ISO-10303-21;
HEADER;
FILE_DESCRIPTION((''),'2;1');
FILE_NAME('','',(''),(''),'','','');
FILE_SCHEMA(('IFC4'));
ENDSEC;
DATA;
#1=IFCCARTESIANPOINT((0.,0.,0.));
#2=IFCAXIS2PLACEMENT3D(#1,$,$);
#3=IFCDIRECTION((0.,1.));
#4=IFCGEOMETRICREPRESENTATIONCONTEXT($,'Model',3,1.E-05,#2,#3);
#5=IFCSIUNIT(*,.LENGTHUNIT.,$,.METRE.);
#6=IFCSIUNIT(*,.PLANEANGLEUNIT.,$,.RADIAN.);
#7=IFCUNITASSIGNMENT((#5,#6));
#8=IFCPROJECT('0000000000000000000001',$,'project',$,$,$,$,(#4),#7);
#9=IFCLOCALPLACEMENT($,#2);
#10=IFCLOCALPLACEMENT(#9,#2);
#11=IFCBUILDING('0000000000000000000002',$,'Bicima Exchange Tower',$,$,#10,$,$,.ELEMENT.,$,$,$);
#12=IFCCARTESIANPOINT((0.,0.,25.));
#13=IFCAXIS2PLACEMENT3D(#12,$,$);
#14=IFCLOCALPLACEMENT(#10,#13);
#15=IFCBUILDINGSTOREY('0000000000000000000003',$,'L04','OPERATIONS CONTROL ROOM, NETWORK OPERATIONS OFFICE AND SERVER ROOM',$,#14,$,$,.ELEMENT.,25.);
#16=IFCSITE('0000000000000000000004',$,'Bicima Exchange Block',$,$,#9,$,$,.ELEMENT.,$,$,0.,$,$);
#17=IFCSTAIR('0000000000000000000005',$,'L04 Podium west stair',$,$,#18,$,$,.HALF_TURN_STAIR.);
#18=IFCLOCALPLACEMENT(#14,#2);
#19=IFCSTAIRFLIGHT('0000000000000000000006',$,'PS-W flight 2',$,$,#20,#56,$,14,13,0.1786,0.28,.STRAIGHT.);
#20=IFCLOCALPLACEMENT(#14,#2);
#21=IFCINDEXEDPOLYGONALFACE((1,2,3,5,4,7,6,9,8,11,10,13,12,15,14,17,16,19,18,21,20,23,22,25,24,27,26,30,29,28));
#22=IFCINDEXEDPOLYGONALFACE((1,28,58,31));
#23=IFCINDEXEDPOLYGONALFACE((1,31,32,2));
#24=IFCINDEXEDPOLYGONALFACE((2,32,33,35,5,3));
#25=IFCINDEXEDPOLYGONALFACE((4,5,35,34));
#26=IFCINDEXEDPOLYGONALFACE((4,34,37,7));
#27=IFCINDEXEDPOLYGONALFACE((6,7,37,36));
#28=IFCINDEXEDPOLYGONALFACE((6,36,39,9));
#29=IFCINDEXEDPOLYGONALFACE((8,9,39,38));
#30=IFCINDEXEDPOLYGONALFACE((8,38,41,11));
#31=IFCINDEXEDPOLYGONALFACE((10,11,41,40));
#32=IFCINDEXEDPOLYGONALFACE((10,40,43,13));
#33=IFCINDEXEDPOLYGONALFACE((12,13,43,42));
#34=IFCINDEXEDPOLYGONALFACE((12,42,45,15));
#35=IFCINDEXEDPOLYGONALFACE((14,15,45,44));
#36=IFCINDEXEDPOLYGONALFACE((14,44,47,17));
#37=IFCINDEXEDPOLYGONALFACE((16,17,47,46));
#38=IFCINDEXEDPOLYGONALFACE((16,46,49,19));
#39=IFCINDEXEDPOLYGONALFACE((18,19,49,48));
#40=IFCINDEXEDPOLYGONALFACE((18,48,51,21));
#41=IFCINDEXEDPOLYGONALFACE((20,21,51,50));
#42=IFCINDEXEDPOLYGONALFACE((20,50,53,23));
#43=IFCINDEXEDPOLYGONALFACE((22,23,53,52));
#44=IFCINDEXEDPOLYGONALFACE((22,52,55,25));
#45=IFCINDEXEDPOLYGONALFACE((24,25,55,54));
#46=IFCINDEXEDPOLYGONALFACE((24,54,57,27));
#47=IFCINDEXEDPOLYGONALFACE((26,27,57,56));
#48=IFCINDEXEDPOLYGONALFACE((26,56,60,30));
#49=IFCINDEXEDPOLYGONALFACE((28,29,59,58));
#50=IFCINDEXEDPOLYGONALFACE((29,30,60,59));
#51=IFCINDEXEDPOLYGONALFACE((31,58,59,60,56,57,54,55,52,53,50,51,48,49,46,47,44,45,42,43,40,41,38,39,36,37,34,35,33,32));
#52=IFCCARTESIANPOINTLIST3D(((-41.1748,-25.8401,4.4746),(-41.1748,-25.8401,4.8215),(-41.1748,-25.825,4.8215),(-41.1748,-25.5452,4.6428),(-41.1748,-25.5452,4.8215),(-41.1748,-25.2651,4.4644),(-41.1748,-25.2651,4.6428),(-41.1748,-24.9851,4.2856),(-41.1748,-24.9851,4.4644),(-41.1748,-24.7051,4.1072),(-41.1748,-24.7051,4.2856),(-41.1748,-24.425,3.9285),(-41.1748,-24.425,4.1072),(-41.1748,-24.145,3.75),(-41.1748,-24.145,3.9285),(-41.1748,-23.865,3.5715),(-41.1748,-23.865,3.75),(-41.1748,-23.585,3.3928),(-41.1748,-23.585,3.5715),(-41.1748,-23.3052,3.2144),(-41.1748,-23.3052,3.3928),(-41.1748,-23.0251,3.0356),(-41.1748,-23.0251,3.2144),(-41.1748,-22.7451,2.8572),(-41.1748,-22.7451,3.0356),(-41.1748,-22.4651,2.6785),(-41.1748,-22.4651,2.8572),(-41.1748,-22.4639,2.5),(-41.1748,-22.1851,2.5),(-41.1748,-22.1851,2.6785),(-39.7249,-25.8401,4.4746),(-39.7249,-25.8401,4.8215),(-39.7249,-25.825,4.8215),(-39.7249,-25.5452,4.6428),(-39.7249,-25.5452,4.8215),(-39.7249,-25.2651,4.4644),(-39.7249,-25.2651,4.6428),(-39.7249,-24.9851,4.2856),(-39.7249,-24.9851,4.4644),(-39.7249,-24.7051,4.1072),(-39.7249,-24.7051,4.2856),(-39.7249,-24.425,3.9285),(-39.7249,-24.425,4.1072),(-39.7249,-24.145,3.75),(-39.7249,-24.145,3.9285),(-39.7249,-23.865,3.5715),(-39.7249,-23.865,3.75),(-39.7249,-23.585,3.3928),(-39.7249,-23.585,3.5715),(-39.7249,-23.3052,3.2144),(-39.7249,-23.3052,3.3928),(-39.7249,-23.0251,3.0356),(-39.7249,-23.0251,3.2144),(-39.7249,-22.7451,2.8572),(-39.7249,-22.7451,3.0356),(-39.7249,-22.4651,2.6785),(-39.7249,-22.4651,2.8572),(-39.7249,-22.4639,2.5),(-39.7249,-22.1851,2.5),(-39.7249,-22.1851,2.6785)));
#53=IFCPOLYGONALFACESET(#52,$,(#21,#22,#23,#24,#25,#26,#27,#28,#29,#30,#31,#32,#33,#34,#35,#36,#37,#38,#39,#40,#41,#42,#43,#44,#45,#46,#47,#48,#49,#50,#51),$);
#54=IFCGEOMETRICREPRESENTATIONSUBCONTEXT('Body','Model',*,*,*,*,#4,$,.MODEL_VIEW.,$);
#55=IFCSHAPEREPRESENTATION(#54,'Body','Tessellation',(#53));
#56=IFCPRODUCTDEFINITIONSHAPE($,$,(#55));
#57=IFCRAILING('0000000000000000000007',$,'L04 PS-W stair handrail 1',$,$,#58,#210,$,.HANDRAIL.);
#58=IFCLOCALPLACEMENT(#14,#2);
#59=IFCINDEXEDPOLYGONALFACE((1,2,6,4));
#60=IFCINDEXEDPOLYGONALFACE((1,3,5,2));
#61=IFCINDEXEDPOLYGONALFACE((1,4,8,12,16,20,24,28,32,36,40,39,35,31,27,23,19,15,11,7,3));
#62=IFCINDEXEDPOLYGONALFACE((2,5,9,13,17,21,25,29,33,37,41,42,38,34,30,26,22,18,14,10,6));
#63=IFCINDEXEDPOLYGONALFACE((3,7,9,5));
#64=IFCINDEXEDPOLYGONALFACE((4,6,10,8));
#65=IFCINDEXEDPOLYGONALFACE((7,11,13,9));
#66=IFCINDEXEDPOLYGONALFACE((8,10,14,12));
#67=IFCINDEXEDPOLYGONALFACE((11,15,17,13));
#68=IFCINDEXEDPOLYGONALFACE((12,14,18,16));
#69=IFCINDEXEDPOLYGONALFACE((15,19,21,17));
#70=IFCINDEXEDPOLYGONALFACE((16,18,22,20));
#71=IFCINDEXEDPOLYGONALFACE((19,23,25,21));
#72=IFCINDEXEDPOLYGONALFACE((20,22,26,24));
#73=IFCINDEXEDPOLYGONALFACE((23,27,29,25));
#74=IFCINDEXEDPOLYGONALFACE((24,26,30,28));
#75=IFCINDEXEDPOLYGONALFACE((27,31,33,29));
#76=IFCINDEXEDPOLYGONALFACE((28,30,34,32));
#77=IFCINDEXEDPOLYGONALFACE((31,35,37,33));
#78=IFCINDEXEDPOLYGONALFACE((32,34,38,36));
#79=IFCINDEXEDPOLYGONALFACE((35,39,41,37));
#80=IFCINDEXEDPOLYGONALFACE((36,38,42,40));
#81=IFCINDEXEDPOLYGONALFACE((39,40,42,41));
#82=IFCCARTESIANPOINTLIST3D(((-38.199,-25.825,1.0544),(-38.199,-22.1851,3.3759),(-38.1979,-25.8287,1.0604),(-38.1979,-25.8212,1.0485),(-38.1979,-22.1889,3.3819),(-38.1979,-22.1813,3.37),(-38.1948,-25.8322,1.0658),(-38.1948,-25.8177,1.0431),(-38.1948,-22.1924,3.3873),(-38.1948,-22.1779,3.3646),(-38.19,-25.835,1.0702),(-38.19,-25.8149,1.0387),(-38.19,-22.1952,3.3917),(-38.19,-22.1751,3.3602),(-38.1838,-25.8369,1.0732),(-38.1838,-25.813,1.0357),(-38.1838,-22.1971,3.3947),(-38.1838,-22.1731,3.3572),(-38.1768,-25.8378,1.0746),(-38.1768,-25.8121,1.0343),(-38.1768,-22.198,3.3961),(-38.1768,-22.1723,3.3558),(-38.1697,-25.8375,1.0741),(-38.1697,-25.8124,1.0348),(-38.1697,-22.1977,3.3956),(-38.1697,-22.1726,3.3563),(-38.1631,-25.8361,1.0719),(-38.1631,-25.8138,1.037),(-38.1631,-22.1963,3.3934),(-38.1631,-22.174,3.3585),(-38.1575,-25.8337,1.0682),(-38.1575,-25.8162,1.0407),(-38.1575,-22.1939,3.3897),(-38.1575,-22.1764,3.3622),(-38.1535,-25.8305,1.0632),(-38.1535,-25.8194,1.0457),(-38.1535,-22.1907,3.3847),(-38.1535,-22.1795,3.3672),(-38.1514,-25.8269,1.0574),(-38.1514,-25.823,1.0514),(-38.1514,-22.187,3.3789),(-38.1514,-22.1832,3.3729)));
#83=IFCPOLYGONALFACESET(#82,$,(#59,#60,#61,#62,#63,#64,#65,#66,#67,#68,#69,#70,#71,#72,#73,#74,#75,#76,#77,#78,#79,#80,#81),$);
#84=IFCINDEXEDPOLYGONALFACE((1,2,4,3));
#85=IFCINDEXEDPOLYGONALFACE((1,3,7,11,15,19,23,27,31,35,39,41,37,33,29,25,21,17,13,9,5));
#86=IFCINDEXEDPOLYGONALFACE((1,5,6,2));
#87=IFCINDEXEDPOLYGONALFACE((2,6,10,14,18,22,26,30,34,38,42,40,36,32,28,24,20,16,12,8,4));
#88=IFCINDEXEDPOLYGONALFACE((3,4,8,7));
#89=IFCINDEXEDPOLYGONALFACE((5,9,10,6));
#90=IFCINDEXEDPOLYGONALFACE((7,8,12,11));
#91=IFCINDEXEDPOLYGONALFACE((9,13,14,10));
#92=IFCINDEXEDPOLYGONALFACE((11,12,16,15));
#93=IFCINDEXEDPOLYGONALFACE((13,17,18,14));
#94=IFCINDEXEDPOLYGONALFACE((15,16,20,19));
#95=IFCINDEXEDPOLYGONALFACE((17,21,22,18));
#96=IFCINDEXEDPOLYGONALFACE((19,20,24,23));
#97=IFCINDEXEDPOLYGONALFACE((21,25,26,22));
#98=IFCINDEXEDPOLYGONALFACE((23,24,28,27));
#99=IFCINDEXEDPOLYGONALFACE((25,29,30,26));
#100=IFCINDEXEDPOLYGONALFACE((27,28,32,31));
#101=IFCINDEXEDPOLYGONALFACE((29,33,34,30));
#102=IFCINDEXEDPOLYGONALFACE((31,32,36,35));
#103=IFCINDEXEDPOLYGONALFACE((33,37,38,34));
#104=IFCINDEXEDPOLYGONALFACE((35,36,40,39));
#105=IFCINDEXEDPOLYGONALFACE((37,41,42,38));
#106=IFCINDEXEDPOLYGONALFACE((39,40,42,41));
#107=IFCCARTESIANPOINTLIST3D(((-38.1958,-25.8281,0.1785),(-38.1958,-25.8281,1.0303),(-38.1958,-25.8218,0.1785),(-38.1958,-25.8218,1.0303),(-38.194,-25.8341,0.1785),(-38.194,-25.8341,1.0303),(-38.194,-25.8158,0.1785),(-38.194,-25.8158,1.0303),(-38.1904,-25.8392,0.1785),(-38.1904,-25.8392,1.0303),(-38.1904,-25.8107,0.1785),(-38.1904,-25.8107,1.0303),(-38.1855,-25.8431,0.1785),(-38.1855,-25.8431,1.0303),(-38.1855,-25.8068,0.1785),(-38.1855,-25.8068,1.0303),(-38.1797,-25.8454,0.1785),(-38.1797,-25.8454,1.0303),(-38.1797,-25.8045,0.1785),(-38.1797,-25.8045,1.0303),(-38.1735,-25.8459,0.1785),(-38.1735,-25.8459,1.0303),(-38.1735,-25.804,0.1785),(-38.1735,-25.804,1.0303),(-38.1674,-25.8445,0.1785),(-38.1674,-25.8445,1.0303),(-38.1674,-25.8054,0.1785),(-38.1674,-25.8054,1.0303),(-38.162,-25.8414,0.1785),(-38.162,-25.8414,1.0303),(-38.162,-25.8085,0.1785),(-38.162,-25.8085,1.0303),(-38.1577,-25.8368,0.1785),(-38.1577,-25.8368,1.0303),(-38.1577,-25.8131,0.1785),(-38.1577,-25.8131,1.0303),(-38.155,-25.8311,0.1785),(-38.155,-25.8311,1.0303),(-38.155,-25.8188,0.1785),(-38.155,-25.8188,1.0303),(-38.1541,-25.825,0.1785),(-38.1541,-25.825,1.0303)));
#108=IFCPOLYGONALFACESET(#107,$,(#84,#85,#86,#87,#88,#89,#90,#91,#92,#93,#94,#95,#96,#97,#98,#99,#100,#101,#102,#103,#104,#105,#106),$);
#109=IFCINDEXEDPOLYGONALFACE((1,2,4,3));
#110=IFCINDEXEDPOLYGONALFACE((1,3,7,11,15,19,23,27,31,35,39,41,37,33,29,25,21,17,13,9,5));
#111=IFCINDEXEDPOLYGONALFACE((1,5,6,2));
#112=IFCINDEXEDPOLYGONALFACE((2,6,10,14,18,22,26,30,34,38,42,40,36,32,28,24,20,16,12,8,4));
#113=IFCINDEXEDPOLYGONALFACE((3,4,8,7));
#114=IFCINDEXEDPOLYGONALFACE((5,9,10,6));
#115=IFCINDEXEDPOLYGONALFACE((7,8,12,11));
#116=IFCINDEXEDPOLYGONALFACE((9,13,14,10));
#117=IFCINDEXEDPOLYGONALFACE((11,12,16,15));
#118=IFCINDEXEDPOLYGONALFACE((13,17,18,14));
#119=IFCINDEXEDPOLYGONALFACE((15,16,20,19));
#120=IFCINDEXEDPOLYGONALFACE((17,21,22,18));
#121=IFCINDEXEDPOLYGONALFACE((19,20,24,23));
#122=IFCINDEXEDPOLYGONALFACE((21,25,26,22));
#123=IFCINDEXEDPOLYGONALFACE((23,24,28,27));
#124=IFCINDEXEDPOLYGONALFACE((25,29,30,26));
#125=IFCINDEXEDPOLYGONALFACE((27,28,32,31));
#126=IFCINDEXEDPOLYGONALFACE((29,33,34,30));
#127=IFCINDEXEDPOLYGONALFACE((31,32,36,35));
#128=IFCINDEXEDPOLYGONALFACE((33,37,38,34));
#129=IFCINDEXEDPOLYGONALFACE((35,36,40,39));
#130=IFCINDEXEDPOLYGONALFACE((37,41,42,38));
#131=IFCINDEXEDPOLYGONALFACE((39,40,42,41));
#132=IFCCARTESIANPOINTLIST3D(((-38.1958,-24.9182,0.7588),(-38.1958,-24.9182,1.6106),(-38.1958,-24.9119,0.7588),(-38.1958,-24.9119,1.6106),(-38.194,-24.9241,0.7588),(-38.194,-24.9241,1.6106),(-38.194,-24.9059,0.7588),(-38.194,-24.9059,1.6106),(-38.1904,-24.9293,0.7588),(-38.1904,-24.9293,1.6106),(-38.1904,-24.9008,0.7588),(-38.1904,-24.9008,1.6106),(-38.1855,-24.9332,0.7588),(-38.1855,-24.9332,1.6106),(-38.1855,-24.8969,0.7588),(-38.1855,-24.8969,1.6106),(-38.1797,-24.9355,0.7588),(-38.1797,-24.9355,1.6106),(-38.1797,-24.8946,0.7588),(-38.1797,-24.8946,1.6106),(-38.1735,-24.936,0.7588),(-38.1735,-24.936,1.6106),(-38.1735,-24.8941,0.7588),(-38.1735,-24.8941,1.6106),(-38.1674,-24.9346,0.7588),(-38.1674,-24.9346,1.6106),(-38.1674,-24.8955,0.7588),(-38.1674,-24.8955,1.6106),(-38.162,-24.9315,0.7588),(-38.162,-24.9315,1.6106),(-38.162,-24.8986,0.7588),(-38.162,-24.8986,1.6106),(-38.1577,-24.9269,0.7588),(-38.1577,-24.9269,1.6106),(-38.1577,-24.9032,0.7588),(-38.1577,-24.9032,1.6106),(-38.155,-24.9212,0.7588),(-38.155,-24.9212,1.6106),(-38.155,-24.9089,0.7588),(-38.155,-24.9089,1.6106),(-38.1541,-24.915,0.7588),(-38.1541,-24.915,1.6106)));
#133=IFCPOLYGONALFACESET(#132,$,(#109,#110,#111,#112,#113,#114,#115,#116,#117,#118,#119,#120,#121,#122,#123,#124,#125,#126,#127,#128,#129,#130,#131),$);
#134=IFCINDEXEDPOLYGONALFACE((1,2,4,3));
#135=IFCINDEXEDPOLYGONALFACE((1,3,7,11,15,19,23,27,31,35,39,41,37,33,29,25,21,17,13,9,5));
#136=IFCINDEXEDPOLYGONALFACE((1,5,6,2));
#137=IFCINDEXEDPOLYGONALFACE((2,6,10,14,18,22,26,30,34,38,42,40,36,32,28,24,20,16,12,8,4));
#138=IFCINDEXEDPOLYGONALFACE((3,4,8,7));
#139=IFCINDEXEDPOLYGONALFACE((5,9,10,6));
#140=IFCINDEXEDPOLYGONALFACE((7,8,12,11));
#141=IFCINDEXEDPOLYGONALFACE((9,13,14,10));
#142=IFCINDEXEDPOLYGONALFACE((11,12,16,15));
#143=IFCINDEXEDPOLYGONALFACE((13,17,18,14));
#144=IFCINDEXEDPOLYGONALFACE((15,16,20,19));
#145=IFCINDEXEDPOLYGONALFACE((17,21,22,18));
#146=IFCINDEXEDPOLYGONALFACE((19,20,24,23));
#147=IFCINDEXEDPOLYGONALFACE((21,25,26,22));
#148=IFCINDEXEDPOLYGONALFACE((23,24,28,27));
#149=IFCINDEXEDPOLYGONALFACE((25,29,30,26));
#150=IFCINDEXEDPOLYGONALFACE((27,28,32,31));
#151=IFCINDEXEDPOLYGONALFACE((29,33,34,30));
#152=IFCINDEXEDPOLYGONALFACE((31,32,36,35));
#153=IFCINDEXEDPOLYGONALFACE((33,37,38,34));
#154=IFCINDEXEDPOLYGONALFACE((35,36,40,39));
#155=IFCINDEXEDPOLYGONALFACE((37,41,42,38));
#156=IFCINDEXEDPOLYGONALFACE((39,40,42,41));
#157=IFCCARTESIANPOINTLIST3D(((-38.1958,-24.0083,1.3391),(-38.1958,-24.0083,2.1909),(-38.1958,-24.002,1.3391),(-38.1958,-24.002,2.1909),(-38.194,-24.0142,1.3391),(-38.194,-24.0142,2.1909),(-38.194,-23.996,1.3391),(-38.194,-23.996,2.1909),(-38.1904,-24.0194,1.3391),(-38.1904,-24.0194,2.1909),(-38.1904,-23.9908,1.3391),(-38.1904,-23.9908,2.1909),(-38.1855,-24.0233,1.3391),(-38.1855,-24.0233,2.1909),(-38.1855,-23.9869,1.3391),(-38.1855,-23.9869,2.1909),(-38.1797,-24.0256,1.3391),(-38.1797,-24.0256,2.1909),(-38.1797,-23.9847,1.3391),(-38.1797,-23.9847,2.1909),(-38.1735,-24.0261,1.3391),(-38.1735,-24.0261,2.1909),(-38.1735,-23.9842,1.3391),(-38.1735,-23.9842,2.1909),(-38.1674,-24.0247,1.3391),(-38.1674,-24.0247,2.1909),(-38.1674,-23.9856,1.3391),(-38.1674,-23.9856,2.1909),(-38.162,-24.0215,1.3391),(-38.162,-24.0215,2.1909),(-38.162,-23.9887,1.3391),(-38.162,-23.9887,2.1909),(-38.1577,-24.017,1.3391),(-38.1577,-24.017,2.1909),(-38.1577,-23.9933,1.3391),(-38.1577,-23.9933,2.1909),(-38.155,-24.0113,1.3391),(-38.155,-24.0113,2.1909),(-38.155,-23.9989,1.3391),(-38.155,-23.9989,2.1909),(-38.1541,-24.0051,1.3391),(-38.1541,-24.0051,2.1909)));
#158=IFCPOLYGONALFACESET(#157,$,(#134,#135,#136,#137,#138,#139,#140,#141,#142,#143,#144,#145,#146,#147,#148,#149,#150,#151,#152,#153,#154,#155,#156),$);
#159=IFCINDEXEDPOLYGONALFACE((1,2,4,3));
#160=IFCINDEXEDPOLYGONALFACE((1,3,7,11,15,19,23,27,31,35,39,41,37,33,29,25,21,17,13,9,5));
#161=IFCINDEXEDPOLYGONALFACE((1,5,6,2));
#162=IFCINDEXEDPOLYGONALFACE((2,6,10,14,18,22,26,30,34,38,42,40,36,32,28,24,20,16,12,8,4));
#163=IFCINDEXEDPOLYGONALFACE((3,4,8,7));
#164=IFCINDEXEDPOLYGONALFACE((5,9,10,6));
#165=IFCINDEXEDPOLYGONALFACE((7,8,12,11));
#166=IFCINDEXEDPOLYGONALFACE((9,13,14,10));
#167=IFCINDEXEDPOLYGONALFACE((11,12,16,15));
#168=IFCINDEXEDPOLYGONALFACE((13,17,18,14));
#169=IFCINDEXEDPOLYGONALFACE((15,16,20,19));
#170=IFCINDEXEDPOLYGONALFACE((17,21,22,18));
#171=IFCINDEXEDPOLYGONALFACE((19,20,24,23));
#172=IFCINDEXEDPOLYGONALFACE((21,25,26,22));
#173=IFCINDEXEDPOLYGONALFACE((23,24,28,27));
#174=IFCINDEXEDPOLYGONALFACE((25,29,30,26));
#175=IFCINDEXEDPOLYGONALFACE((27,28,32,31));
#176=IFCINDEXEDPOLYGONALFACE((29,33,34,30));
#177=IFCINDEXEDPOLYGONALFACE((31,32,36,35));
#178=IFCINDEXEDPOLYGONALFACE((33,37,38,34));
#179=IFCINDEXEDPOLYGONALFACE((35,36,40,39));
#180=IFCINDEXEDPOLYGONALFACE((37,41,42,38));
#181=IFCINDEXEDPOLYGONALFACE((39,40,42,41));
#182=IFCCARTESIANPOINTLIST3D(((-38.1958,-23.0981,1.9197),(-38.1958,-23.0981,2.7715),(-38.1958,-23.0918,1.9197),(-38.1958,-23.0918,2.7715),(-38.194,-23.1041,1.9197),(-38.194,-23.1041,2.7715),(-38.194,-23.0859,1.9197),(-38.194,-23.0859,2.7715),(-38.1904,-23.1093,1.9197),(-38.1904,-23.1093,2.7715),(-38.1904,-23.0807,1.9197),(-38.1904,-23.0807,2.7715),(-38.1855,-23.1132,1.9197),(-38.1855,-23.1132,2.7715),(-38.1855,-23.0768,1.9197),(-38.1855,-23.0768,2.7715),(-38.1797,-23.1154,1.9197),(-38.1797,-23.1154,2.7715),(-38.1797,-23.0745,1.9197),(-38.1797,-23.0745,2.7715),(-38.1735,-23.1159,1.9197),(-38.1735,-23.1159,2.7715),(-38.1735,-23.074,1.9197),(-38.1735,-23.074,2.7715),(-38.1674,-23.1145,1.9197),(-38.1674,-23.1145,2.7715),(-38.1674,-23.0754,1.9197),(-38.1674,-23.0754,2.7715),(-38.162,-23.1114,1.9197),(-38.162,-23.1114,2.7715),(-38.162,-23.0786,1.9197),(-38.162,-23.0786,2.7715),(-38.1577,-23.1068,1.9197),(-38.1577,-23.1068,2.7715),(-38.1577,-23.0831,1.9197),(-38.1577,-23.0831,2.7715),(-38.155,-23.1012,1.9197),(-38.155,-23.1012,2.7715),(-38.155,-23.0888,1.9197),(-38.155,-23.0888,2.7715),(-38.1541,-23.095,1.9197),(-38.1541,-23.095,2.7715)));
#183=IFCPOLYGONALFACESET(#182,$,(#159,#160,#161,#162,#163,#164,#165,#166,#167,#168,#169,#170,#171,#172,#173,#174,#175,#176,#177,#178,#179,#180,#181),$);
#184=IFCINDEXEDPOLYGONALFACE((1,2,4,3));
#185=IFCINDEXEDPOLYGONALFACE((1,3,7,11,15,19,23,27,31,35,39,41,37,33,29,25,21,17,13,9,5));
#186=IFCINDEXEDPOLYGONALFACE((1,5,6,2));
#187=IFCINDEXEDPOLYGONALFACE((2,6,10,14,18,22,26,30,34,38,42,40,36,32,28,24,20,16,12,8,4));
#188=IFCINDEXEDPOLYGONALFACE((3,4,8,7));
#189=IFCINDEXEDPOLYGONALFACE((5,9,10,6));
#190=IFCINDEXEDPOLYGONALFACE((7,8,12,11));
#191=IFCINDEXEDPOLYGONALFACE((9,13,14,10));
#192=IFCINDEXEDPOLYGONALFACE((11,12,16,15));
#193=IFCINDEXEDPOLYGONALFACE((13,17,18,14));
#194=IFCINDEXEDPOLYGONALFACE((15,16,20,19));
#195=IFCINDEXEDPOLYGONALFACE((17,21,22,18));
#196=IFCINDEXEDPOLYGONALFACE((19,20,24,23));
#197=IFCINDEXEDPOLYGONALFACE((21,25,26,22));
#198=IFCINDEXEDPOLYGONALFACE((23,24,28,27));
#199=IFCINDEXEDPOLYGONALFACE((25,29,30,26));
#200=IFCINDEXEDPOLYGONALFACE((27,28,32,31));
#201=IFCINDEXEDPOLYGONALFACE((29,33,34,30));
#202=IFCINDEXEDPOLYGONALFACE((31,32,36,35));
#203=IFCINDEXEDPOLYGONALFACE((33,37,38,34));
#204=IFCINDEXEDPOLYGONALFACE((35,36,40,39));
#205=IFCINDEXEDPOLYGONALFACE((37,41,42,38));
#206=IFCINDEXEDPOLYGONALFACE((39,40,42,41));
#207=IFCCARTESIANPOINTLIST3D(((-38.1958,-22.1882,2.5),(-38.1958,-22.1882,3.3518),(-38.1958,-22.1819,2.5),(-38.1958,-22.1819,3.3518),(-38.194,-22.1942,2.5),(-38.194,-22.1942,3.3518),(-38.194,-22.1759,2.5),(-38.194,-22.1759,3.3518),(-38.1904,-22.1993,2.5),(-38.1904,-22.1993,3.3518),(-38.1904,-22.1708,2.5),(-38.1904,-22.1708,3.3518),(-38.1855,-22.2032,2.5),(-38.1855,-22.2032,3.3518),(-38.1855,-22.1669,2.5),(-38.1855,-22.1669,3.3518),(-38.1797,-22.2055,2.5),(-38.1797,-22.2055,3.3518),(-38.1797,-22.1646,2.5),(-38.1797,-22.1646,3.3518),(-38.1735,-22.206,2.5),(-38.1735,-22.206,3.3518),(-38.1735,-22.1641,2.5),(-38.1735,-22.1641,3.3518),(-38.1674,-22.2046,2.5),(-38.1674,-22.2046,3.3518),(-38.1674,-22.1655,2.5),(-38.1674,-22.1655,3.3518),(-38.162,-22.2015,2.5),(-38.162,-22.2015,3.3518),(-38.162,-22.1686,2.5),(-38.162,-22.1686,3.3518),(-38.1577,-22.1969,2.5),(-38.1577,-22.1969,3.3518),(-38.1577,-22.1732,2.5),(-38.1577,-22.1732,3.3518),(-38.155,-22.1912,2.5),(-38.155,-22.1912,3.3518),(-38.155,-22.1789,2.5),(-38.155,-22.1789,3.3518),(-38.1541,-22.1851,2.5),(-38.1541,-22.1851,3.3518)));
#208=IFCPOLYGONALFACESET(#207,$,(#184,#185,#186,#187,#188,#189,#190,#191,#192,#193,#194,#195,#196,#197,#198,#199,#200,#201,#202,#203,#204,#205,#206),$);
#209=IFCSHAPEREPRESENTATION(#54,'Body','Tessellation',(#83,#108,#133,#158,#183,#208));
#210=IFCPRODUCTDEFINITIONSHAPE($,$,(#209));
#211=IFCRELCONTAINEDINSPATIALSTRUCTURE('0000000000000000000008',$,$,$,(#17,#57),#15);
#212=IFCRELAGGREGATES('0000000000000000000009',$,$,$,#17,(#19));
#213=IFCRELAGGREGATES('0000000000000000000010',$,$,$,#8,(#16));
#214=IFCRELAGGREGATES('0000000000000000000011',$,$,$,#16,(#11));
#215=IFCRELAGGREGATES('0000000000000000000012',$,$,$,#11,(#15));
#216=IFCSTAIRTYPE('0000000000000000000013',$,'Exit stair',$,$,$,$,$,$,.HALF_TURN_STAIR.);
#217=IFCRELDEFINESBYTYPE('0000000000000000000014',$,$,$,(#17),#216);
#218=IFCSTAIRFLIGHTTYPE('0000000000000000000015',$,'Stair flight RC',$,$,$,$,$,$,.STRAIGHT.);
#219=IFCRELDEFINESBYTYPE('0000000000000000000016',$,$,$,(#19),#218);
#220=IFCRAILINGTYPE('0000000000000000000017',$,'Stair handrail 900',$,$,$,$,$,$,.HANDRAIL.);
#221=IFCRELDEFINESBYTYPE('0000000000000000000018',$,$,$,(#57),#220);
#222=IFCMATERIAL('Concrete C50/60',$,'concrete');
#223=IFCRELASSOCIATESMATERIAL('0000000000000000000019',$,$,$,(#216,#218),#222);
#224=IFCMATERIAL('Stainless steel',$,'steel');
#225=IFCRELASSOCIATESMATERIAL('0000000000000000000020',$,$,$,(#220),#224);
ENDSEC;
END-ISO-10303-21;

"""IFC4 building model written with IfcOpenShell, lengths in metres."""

from ifc_helpers import new_model, si_unit, direction, frame, origin, origin_2d, place, context, subcontext, project, spatial, polyline, circle, outline, extrude, material, type_object, element, aggregate, save


model = new_model("IFC4")

# Units and contexts
model_context = context("Model", 3, precision=1e-05, world=origin(), true_north=direction((0.0, 1.0)))
body_context = subcontext(model_context, "Body", "Model", "MODEL_VIEW")
ifc_project = project(units=[si_unit("LENGTHUNIT", "METRE"), si_unit("PLANEANGLEUNIT", "RADIAN")], contexts=[model_context])

# Site, building, storey
site_placement = place(None, origin())
site = spatial("IfcSite", under=ifc_project, at=site_placement, Name="Bicima Exchange Block", CompositionType="ELEMENT", RefElevation=0.0)
building_placement = place(site_placement, origin())
building = spatial("IfcBuilding", under=site, at=building_placement, Name="Bicima Exchange Tower", CompositionType="ELEMENT")
storey_placement = place(building_placement, frame((0.0, 0.0, 25.0)))
storey = spatial("IfcBuildingStorey", under=building, at=storey_placement, Name="L04", Description="OPERATIONS CONTROL ROOM, NETWORK OPERATIONS OFFICE AND SERVER ROOM", CompositionType="ELEMENT", Elevation=25.0)

# Shared definitions
ifc_material_1 = material(Name="Concrete C50/60", Category="concrete")

# Stair, stair flight
stair_type = type_object("IfcStairType", Name="Exit stair", PredefinedType="HALF_TURN_STAIR", material=ifc_material_1)
stair_placement = place(storey_placement, origin())
stair = element("IfcStair", 1, at=stair_placement, inside=storey, type_object=stair_type, Name="L04 Podium west stair", PredefinedType="HALF_TURN_STAIR")
stair_flight_type = type_object("IfcStairFlightType", Name="Stair flight RC", PredefinedType="STRAIGHT", material=ifc_material_1)
stair_flight_1_placement = place(storey_placement, frame((-40.45, -22.1851, 2.5), z_axis=(0.0, 0.0, 1.0), x_axis=(0.0, -1.0, 0.0)))
stair_flight_1 = element("IfcStairFlight", 2, at=stair_flight_1_placement, type_object=stair_flight_type, Name="PS-W flight 2", NumberOfRisers=14, NumberOfTreads=13, PredefinedType="STRAIGHT", RiserHeight=0.1786, TreadLength=0.28, context=body_context, shape_type="SweptSolid", body=[
    extrude(outline(polyline([(0.0, 0.0), (0.0, 0.1785), (0.28, 0.1785), (0.28, 0.3572), (0.5601, 0.3572), (0.5601, 0.5356), (0.8401, 0.5356), (0.8401, 0.7144), (1.1201, 0.7144), (1.1201, 0.8928), (1.3999, 0.8928), (1.3999, 1.0715), (1.6799, 1.0715), (1.6799, 1.25), (1.96, 1.25), (1.96, 1.4285), (2.24, 1.4285), (2.24, 1.6072), (2.52, 1.6072), (2.52, 1.7856), (2.8, 1.7856), (2.8, 1.9644), (3.0801, 1.9644), (3.0801, 2.1428), (3.3601, 2.1428), (3.3601, 2.3215), (3.6399, 2.3215), (3.655, 2.3215), (3.655, 1.9746), (0.2788, 0.0), (0.0, 0.0)])), frame((0.0, 0.7251, 0.0), z_axis=(0.0, -1.0, 0.0), x_axis=(1.0, 0.0, 0.0)), (0.0, 0.0, 1.0), 1.45),
])
aggregate(stair, [stair_flight_1])

# Railing
ifc_material_2 = material(Name="Stainless steel", Category="steel")
railing_type_1 = type_object("IfcRailingType", Name="Stair handrail 900", PredefinedType="HANDRAIL", material=ifc_material_2)
railing_1_placement = place(storey_placement, frame((-38.175, -25.825, 0.1785)))
element("IfcRailing", 3, at=railing_1_placement, inside=storey, type_object=railing_type_1, Name="L04 PS-W stair handrail 1", PredefinedType="HANDRAIL", context=body_context, shape_type="SweptSolid", body=[
    extrude(circle(Radius=0.0239, at=origin_2d()), frame((0.0, 0.0, 0.876), z_axis=(0.0, 0.843112, 0.537739), x_axis=(-1.0, 0.0, 0.0)), (0.0, 0.0, 1.0), 4.3171),
    extrude(circle(Radius=0.021, at=origin_2d()), origin(), (0.0, 0.0, 1.0), 0.8518),
    extrude(circle(Radius=0.021, at=origin_2d()), frame((0.0, 0.9099, 0.5803)), (0.0, 0.0, 1.0), 0.8518),
    extrude(circle(Radius=0.021, at=origin_2d()), frame((0.0, 1.8198, 1.1606)), (0.0, 0.0, 1.0), 0.8518),
    extrude(circle(Radius=0.021, at=origin_2d()), frame((0.0, 2.73, 1.7412)), (0.0, 0.0, 1.0), 0.8518),
    extrude(circle(Radius=0.021, at=origin_2d()), frame((0.0, 3.6399, 2.3215)), (0.0, 0.0, 1.0), 0.8518),
])

save(model, "model.ifc")
